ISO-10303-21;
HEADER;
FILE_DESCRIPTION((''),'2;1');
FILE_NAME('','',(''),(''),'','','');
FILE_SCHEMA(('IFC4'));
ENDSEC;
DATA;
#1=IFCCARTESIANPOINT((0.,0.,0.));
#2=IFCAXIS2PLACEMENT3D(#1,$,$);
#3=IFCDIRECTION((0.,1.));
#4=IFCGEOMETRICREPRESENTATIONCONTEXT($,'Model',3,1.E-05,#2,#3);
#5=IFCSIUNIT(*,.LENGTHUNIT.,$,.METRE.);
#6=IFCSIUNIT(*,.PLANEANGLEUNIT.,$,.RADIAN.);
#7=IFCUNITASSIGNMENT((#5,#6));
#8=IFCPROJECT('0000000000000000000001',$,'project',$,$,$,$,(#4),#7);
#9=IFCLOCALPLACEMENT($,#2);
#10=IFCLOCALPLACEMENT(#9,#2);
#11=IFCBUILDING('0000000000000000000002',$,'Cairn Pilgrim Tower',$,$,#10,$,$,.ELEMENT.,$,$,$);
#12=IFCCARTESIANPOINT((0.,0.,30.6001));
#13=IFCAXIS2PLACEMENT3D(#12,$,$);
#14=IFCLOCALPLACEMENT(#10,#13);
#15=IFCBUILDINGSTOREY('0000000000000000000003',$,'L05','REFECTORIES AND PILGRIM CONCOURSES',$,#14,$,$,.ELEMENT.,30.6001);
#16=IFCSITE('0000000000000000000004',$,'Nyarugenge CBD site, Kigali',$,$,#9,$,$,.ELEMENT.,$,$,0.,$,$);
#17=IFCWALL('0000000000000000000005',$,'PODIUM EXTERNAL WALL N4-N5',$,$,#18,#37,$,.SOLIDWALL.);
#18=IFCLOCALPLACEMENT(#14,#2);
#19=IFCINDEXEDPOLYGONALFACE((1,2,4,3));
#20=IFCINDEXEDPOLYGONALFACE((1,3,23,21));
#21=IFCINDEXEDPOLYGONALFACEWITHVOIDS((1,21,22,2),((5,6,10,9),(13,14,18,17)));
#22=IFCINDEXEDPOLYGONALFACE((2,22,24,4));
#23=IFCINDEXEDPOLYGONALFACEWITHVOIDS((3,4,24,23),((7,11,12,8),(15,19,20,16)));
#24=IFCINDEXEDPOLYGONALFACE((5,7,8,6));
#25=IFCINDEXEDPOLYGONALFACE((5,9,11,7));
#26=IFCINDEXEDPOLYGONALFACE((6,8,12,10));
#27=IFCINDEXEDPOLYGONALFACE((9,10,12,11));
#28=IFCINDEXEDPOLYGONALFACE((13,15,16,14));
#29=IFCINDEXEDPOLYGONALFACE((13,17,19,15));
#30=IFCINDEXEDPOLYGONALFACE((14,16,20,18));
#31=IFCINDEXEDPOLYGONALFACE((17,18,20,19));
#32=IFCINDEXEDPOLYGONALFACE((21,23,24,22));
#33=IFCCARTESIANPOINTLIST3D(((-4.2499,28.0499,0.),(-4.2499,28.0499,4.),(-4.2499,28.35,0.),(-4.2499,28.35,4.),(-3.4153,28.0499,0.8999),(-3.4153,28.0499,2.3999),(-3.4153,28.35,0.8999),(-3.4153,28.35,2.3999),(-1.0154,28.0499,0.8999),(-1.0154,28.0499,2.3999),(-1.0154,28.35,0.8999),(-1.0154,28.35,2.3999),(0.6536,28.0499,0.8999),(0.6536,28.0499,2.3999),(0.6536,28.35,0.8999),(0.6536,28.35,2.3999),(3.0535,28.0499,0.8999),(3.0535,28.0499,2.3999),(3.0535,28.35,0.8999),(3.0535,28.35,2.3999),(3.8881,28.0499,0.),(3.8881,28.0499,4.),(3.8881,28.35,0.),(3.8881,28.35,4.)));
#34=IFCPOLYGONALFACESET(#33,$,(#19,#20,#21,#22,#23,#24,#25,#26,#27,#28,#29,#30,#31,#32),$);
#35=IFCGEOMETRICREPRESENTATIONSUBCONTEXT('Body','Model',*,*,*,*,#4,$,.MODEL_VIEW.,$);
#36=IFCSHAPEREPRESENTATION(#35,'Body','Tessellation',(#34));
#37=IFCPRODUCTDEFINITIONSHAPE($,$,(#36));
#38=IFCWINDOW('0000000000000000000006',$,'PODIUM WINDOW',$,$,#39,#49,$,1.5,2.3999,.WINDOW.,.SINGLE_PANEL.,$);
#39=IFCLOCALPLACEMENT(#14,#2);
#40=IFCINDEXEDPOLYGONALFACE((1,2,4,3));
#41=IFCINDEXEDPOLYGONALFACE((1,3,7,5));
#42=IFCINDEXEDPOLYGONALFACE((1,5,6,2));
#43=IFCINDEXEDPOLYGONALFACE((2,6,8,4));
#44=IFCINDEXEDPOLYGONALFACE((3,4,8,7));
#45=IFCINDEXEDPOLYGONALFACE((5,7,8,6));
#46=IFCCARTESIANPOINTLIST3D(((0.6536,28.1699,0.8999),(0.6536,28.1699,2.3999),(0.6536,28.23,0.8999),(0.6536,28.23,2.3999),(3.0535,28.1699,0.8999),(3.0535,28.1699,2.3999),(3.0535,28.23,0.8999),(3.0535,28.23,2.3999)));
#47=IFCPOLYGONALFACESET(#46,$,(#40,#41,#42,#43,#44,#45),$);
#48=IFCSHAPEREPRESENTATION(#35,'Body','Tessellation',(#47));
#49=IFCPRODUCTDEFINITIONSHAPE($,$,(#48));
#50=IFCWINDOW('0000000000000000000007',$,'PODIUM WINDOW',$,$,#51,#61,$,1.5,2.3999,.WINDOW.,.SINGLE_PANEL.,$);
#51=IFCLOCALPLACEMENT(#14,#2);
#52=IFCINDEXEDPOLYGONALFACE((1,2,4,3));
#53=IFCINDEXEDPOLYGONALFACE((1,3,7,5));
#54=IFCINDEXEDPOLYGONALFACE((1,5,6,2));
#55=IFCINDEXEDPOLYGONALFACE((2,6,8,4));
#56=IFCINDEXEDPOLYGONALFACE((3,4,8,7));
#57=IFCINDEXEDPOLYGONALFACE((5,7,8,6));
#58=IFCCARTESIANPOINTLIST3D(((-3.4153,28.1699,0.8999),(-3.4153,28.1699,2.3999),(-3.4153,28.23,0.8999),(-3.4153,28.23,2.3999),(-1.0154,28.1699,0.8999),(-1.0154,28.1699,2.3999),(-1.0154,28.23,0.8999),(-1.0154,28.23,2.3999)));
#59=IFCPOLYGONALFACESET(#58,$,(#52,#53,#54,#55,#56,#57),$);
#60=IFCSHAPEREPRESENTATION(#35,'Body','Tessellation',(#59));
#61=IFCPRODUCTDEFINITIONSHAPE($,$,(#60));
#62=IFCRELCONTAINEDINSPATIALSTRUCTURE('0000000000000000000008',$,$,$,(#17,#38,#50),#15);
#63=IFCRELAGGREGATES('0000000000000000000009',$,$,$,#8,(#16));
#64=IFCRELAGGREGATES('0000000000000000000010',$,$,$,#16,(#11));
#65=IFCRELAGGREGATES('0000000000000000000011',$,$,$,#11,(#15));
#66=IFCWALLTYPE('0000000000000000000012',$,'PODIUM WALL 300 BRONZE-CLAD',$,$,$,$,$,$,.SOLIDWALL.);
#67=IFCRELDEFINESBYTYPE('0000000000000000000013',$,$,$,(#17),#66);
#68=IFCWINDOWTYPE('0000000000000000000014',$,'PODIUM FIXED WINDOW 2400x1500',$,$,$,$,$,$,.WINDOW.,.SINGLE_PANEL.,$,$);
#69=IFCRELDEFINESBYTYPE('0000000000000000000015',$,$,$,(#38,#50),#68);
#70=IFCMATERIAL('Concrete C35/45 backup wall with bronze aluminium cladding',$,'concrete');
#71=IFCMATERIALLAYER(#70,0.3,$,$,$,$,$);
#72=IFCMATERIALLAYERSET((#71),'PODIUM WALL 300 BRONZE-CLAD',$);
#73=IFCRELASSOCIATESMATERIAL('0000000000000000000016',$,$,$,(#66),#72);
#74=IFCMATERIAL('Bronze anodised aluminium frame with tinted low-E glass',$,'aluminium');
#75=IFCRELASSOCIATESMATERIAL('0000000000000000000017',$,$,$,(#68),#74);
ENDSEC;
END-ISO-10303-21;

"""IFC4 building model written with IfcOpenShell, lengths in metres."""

from ifc_helpers import new_model, si_unit, direction, frame, frame_2d, origin, place, context, subcontext, project, spatial, rectangle, extrude, material, layer, layer_set, type_object, element, fill, save


model = new_model("IFC4")

# Units and contexts
model_context = context("Model", 3, precision=1e-05, world=origin(), true_north=direction((0.0, 1.0)))
body_context = subcontext(model_context, "Body", "Model", "MODEL_VIEW")
ifc_project = project(units=[si_unit("LENGTHUNIT", "METRE"), si_unit("PLANEANGLEUNIT", "RADIAN")], contexts=[model_context])

# Site, building, storey
site_placement = place(None, origin())
site = spatial("IfcSite", under=ifc_project, at=site_placement, Name="Nyarugenge CBD site, Kigali", CompositionType="ELEMENT", RefElevation=0.0)
building_placement = place(site_placement, origin())
building = spatial("IfcBuilding", under=site, at=building_placement, Name="Cairn Pilgrim Tower", CompositionType="ELEMENT")
storey_placement = place(building_placement, frame((0.0, 0.0, 30.6001)))
storey = spatial("IfcBuildingStorey", under=building, at=storey_placement, Name="L05", Description="REFECTORIES AND PILGRIM CONCOURSES", CompositionType="ELEMENT", Elevation=30.6001)

# Wall, openings, windows
ifc_material_1 = material(Name="Concrete C35/45 backup wall with bronze aluminium cladding", Category="concrete")
ifc_layer_1 = layer(ifc_material_1, 0.3)
ifc_layer_set_1 = layer_set([ifc_layer_1], Name="PODIUM WALL 300 BRONZE-CLAD")
wall_type_1 = type_object("IfcWallType", Name="PODIUM WALL 300 BRONZE-CLAD", PredefinedType="SOLIDWALL", material=ifc_layer_set_1)
wall_1_placement = place(storey_placement, frame((3.8879, 28.2, 0.0), z_axis=(0.0, 0.0, 1.0), x_axis=(-1.0, 0.0, 0.0)))
wall_1 = element("IfcWall", 1, at=wall_1_placement, inside=storey, type_object=wall_type_1, Name="PODIUM EXTERNAL WALL N4-N5", PredefinedType="SOLIDWALL", context=body_context, shape_type="SweptSolid", body=[
    extrude(rectangle(XDim=8.1379, YDim=0.3, at=frame_2d((4.0688, 0.0))), origin(), (0.0, 0.0, 1.0), 4.0),
])
opening_1_placement = place(wall_1_placement, frame((0.8345, 0.0, 0.8999)))
opening_1 = element("IfcOpeningElement", 2, at=opening_1_placement, cuts=wall_1, PredefinedType="OPENING", context=body_context, shape_type="SweptSolid", body=[
    extrude(rectangle(XDim=2.3999, YDim=1.5, at=frame_2d((1.2, 0.75))), frame((0.0, 0.1602, 0.0), z_axis=(0.0, -1.0, 0.0), x_axis=(1.0, 0.0, 0.0)), (0.0, 0.0, 1.0), 0.3201),
])
opening_2_placement = place(wall_1_placement, frame((4.9033, 0.0, 0.8999)))
opening_2 = element("IfcOpeningElement", 3, at=opening_2_placement, cuts=wall_1, PredefinedType="OPENING", context=body_context, shape_type="SweptSolid", body=[
    extrude(rectangle(XDim=2.3999, YDim=1.5, at=frame_2d((1.2, 0.75))), frame((0.0, 0.1602, 0.0), z_axis=(0.0, -1.0, 0.0), x_axis=(1.0, 0.0, 0.0)), (0.0, 0.0, 1.0), 0.3201),
])
ifc_material_2 = material(Name="Bronze anodised aluminium frame with tinted low-E glass", Category="aluminium")
window_type = type_object("IfcWindowType", Name="PODIUM FIXED WINDOW 2400x1500", PartitioningType="SINGLE_PANEL", PredefinedType="WINDOW", material=ifc_material_2)
window_1_placement = place(opening_1_placement, origin())
window_1 = element("IfcWindow", 4, at=window_1_placement, inside=storey, type_object=window_type, Name="PODIUM WINDOW", OverallHeight=1.5, OverallWidth=2.3999, PartitioningType="SINGLE_PANEL", PredefinedType="WINDOW", context=body_context, shape_type="SweptSolid", body=[
    extrude(rectangle(XDim=2.3999, YDim=1.5, at=frame_2d((1.2, 0.75))), frame((0.0, 0.03, 0.0), z_axis=(0.0, -1.0, 0.0), x_axis=(1.0, 0.0, 0.0)), (0.0, 0.0, 1.0), 0.0601),
])
fill(opening_1, window_1)
window_2_placement = place(opening_2_placement, origin())
window_2 = element("IfcWindow", 5, at=window_2_placement, inside=storey, type_object=window_type, Name="PODIUM WINDOW", OverallHeight=1.5, OverallWidth=2.3999, PartitioningType="SINGLE_PANEL", PredefinedType="WINDOW", context=body_context, shape_type="SweptSolid", body=[
    extrude(rectangle(XDim=2.3999, YDim=1.5, at=frame_2d((1.2, 0.75))), frame((0.0, 0.03, 0.0), z_axis=(0.0, -1.0, 0.0), x_axis=(1.0, 0.0, 0.0)), (0.0, 0.0, 1.0), 0.0601),
])
fill(opening_2, window_2)

save(model, "model.ifc")
